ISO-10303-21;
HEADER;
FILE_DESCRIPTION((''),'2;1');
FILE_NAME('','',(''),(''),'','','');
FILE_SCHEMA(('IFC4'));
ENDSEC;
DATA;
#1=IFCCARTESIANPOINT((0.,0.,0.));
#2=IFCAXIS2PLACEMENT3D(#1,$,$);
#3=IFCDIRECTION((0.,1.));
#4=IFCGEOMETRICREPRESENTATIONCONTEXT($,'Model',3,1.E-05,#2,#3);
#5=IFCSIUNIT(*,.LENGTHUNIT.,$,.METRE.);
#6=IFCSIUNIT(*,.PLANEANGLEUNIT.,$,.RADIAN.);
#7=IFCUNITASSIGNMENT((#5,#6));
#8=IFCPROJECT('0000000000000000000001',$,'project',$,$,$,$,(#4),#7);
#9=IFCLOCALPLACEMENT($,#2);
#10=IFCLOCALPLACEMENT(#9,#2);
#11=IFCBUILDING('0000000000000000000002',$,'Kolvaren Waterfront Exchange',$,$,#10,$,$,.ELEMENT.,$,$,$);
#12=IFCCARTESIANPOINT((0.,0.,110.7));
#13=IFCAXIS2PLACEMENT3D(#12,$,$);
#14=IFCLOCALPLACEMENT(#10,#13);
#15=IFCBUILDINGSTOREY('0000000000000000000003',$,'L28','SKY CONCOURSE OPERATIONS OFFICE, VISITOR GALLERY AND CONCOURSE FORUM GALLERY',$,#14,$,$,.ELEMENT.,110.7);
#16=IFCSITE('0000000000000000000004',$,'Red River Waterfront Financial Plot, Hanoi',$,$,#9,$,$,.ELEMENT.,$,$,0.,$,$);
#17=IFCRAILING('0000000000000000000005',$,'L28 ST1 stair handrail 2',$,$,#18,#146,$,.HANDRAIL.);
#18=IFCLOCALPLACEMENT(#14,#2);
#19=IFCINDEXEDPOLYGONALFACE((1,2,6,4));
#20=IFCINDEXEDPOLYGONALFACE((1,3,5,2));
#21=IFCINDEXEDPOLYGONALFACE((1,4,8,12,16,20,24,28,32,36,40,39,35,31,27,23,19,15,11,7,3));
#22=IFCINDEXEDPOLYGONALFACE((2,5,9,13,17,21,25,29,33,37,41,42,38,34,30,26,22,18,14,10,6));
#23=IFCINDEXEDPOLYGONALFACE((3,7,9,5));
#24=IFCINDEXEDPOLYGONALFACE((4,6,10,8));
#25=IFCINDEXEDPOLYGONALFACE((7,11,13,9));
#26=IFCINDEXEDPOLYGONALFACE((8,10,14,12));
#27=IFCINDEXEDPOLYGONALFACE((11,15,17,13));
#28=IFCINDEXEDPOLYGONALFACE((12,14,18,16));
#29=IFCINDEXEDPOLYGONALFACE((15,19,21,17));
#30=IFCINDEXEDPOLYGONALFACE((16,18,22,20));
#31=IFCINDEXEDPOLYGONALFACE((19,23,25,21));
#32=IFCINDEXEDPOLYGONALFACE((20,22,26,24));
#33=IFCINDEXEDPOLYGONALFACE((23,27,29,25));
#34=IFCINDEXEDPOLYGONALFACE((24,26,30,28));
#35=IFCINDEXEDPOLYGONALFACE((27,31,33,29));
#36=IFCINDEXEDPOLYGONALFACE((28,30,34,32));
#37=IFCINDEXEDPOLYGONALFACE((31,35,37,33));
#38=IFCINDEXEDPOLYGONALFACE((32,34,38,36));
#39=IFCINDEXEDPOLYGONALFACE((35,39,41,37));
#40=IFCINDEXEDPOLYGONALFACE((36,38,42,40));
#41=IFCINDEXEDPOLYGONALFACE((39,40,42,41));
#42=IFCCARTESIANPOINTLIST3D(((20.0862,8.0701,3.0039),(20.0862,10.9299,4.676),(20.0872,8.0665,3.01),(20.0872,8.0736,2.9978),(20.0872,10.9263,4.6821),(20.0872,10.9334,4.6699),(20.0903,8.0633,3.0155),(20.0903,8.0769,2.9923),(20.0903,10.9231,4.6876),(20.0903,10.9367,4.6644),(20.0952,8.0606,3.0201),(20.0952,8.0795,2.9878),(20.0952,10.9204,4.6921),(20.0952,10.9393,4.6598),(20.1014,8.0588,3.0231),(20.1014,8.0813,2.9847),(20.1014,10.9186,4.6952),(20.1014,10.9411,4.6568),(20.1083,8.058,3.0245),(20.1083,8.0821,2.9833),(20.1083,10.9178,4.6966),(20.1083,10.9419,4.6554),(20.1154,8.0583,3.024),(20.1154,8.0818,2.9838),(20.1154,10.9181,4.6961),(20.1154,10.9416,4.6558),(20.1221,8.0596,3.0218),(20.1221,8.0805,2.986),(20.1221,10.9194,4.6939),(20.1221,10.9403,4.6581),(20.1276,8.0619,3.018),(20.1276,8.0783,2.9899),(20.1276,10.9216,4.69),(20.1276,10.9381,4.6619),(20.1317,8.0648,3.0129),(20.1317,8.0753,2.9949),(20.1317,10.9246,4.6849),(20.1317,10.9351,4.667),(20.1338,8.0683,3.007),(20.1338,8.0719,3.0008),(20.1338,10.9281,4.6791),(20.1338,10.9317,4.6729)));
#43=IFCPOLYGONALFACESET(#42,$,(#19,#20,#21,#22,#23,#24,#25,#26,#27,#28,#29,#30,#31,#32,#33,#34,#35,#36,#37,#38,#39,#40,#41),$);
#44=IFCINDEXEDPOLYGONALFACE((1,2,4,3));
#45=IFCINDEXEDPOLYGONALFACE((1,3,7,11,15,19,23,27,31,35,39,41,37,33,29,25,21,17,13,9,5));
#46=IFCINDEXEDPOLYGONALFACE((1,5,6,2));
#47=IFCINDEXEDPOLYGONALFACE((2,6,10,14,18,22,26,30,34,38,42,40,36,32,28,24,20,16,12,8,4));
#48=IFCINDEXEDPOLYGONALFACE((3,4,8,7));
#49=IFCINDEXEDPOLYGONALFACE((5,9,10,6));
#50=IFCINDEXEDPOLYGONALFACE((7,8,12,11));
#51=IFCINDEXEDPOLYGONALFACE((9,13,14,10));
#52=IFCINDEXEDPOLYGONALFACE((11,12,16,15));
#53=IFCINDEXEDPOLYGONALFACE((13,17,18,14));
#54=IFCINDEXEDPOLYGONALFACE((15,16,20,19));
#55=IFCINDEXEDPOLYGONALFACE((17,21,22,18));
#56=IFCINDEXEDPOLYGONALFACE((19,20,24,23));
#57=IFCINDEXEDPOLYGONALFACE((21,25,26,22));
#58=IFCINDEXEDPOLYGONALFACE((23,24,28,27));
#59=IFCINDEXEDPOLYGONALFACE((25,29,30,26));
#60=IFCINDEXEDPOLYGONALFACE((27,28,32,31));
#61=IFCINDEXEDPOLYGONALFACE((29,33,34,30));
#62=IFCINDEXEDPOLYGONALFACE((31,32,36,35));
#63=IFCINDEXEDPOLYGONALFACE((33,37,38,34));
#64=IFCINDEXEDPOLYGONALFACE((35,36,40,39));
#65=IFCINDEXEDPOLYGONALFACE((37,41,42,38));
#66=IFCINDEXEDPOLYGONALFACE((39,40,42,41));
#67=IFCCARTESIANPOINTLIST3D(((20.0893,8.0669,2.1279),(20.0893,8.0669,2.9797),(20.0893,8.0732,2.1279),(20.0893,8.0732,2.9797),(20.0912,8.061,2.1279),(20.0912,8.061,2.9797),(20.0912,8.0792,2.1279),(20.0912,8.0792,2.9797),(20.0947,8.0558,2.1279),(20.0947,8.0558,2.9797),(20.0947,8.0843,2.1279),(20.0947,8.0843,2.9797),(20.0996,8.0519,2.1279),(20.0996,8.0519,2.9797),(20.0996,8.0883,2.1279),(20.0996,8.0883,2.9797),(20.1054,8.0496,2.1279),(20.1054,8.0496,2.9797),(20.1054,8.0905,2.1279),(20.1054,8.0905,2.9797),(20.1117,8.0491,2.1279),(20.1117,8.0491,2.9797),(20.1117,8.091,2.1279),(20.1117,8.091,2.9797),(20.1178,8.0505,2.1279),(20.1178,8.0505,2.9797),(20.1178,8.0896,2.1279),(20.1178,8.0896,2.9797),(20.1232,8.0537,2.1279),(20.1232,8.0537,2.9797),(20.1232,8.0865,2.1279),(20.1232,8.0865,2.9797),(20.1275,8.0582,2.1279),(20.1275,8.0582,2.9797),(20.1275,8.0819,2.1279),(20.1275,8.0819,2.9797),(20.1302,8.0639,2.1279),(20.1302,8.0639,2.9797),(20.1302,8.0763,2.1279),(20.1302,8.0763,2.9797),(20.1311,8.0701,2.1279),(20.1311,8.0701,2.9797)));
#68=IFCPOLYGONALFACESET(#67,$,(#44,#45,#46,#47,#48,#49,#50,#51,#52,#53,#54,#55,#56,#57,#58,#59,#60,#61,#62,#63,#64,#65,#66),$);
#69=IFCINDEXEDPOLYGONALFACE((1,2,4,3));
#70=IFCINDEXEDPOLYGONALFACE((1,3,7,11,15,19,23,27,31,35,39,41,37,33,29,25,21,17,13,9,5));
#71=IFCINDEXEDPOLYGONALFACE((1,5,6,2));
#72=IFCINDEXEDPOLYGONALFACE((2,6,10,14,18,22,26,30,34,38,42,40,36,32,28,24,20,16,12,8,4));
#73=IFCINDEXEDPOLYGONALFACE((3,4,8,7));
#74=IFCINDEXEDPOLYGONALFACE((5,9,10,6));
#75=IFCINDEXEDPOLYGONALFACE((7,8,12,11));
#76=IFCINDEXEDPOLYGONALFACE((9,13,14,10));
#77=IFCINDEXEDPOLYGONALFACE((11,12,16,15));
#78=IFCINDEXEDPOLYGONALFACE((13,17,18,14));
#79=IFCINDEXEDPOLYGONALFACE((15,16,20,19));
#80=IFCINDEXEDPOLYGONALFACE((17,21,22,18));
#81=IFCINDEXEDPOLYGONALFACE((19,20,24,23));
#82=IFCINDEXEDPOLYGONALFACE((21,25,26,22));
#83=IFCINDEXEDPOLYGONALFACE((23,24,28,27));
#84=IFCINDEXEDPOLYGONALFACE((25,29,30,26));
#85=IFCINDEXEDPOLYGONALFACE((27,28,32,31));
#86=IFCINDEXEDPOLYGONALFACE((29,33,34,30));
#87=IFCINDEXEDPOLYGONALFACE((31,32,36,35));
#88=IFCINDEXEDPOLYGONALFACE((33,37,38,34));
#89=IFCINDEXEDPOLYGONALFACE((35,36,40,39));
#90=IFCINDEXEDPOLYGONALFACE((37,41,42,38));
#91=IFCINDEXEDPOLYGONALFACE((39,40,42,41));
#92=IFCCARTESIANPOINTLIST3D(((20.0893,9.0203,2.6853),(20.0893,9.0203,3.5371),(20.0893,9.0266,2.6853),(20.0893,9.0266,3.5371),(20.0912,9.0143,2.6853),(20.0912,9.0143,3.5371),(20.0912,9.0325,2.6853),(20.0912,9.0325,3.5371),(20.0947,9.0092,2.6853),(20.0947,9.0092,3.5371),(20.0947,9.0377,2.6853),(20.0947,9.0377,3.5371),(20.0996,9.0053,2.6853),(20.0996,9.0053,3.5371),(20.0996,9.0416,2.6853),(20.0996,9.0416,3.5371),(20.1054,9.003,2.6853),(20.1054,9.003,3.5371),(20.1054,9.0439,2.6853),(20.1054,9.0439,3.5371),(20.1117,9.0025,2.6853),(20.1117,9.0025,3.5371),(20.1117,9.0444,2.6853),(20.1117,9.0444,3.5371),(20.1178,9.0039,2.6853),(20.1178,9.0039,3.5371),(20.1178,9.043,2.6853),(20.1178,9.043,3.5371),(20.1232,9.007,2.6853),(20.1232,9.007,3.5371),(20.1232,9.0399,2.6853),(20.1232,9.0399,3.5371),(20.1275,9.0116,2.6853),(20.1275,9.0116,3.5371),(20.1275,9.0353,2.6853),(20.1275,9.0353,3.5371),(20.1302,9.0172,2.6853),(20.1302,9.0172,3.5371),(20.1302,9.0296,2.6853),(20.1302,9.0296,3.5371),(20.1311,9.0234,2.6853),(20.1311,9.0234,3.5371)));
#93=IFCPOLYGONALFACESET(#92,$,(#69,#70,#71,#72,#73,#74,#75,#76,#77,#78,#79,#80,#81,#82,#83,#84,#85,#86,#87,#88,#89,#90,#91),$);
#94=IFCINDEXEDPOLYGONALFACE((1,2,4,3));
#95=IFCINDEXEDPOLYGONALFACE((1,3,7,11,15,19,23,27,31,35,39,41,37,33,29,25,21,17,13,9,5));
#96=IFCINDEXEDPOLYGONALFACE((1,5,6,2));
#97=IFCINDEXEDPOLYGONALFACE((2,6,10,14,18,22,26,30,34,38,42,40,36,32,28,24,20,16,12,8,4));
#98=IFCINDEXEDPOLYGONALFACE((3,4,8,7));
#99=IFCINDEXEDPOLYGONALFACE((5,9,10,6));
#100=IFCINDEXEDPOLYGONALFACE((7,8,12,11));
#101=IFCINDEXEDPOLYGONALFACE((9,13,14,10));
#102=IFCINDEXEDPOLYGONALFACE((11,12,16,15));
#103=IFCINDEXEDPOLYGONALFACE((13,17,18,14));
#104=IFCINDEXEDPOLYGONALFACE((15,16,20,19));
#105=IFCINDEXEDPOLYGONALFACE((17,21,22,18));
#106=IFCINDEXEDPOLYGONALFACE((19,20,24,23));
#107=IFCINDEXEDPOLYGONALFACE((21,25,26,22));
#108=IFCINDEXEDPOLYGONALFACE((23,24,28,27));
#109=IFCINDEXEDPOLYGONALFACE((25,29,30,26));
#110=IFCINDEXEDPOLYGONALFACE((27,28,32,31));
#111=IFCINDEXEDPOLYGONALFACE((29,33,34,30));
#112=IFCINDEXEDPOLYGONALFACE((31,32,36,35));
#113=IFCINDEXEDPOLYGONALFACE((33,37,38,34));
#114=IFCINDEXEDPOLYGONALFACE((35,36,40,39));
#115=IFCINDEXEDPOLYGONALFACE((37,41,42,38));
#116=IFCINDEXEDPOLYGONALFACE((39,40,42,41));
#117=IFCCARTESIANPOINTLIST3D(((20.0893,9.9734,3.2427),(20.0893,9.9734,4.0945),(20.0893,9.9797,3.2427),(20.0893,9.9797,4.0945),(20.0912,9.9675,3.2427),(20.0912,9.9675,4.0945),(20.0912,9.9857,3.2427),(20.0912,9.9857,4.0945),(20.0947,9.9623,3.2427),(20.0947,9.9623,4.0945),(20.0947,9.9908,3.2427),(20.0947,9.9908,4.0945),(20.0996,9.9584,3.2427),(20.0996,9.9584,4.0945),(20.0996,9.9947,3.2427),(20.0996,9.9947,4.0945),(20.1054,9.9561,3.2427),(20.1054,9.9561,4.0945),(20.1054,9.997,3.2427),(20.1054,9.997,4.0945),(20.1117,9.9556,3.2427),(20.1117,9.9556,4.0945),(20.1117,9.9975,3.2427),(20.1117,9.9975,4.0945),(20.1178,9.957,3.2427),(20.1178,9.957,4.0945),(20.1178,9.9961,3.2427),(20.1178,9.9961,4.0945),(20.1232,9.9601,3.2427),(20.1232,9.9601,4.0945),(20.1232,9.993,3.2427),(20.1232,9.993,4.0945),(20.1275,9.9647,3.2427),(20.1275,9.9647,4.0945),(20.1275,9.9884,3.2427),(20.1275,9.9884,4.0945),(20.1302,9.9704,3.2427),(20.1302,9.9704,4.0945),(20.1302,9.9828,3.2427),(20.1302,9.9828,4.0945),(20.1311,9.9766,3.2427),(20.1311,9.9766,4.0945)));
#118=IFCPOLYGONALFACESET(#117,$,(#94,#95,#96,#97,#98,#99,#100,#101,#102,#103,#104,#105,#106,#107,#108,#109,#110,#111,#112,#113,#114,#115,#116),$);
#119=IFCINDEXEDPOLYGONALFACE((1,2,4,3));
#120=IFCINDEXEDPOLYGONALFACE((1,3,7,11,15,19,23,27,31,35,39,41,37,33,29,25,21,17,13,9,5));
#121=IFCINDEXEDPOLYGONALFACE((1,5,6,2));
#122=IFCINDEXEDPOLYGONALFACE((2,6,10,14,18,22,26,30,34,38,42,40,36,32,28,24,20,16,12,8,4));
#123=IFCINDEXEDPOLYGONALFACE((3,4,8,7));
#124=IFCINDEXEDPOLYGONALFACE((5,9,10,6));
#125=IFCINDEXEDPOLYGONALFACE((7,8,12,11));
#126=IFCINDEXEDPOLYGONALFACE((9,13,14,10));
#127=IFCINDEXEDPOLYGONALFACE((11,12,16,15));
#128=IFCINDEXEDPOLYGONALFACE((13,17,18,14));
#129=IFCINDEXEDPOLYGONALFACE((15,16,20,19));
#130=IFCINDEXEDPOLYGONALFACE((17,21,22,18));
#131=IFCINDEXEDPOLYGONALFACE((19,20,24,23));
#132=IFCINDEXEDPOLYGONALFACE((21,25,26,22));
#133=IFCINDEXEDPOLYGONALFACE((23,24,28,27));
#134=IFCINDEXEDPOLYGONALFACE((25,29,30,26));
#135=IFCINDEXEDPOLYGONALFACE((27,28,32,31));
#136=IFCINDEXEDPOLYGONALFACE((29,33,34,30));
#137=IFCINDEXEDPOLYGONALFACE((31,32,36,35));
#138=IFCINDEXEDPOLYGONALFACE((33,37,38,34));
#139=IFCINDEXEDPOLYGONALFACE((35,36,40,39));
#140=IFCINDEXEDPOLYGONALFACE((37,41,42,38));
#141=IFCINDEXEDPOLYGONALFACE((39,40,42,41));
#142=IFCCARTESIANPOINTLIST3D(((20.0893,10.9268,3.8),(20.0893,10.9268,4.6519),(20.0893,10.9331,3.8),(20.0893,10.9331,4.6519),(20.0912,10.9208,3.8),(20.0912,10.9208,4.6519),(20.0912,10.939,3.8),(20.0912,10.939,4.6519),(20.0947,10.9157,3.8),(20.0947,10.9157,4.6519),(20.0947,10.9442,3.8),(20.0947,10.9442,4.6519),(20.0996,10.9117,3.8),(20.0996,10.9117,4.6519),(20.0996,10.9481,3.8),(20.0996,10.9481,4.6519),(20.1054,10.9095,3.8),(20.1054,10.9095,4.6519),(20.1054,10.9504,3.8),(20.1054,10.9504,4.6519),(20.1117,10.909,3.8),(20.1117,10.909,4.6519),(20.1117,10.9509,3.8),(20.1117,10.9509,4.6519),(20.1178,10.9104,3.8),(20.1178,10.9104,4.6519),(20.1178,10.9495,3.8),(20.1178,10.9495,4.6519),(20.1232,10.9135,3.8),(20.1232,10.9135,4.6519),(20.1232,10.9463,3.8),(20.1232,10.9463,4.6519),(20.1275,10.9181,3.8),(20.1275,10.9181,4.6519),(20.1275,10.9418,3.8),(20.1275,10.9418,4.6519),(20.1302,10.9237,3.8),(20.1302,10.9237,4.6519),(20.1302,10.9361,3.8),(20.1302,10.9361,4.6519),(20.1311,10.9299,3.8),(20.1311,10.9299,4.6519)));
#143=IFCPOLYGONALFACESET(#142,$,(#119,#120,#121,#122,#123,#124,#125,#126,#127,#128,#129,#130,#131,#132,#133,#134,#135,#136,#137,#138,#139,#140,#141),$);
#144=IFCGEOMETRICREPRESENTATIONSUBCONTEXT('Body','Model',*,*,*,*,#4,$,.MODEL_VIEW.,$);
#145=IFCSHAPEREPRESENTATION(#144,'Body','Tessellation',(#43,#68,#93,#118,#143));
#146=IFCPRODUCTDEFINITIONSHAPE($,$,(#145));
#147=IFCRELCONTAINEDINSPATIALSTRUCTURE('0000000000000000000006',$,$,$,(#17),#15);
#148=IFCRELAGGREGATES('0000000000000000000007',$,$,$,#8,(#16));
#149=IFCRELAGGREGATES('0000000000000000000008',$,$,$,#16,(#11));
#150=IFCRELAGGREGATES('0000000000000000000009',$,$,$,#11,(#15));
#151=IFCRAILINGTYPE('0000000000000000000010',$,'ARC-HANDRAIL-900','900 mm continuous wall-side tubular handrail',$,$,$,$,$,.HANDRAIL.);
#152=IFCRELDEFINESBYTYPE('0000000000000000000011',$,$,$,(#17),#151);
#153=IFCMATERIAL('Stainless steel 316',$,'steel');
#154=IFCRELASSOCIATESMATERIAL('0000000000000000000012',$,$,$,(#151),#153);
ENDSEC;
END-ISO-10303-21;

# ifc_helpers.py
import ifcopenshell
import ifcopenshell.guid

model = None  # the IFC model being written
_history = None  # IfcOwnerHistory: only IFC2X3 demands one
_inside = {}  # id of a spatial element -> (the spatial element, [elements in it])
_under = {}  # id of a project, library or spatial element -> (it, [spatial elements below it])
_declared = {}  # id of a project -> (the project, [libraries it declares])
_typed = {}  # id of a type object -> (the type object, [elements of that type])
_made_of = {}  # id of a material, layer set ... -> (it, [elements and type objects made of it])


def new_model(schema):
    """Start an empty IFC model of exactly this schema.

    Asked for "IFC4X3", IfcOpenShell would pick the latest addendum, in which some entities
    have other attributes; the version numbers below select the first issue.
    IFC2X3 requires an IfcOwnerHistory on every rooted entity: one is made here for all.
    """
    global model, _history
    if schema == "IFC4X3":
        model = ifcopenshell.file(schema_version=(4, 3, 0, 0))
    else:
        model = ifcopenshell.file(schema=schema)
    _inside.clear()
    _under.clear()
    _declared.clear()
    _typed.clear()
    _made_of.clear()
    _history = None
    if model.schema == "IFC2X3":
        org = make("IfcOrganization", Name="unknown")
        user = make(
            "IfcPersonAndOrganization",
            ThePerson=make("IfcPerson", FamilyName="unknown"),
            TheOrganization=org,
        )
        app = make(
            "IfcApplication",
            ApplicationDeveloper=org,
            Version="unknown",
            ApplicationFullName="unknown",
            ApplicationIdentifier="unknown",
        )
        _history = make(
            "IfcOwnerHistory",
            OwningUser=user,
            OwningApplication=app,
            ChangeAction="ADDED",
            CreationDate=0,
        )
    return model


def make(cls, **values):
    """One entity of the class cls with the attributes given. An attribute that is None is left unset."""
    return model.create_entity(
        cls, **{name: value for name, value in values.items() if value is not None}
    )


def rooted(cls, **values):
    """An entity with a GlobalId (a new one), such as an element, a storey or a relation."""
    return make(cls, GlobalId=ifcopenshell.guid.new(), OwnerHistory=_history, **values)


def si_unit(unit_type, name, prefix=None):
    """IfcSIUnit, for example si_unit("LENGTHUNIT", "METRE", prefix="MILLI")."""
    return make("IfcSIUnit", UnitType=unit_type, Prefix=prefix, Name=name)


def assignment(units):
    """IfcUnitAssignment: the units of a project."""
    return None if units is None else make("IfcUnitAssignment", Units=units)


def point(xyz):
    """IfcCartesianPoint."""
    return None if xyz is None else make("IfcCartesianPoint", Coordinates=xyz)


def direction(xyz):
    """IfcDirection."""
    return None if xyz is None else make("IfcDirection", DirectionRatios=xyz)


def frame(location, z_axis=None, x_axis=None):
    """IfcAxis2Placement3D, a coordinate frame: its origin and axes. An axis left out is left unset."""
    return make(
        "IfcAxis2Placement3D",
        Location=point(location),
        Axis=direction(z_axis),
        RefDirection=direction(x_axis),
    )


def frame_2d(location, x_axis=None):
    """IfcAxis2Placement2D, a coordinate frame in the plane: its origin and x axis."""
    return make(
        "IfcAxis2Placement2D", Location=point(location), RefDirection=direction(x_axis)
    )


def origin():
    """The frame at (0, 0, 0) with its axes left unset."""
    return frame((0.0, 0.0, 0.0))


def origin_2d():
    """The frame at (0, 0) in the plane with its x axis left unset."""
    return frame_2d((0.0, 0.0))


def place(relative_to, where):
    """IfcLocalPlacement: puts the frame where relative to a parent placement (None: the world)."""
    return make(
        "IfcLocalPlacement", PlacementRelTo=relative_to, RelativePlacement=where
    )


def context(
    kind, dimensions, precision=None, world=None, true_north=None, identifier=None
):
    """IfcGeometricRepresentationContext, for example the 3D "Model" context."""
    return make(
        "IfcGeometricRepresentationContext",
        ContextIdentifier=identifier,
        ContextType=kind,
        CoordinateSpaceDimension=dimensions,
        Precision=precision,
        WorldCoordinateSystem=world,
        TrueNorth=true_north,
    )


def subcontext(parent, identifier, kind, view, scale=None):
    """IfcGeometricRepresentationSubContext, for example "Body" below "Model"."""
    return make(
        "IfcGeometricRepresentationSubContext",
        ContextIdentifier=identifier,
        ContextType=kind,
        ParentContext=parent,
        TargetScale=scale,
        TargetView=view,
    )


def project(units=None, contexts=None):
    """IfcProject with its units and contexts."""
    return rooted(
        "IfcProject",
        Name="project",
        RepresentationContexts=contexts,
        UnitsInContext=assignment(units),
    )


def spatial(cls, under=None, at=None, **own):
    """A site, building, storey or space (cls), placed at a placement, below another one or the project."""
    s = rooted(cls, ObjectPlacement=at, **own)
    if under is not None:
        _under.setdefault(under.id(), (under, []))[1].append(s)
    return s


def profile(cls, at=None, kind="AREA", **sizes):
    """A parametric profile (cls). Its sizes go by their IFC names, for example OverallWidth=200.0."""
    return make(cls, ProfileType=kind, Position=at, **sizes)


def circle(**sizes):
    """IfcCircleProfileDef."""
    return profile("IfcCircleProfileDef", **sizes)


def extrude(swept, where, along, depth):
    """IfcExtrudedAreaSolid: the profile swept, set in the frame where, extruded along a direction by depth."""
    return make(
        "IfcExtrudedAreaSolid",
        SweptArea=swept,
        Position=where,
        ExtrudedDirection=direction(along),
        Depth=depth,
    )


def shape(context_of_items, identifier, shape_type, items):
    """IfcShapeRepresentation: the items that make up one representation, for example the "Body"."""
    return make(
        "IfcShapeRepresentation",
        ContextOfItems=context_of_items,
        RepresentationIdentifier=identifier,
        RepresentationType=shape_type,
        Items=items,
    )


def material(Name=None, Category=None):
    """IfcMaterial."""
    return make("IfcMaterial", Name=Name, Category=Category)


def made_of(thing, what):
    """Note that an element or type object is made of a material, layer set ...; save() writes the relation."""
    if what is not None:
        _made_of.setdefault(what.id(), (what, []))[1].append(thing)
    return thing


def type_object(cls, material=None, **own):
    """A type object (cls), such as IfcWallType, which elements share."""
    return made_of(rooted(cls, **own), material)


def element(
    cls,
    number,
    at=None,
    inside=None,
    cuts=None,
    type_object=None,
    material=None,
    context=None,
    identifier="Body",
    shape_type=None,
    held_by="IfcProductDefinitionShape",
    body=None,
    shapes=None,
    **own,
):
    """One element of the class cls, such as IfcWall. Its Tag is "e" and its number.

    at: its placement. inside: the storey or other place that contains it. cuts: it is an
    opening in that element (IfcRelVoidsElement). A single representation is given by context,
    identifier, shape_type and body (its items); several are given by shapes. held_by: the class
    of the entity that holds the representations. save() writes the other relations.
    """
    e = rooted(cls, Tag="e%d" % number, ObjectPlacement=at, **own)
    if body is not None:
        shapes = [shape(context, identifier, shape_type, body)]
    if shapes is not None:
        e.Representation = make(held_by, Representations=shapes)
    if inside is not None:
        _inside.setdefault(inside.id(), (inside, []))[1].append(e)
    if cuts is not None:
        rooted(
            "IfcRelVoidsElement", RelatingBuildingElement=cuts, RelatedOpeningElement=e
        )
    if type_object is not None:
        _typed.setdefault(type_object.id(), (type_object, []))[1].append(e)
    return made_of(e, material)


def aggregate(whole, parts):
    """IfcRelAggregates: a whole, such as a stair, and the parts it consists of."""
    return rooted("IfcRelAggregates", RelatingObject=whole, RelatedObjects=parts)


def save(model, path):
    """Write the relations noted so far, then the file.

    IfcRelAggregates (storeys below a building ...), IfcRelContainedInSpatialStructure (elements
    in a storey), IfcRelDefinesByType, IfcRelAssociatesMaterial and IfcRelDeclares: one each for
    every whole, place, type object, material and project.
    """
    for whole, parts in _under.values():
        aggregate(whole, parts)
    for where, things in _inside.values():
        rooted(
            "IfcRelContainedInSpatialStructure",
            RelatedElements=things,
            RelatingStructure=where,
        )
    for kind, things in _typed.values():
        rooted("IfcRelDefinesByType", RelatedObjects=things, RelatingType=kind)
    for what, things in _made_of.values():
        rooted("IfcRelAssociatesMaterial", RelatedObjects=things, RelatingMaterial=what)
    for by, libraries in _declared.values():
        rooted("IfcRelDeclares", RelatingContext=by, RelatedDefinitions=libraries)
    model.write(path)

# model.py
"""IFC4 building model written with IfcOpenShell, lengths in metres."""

from ifc_helpers import new_model, si_unit, direction, frame, origin, origin_2d, place, context, subcontext, project, spatial, circle, extrude, material, type_object, element, save


model = new_model("IFC4")

# Units and contexts
model_context = context("Model", 3, precision=1e-05, world=origin(), true_north=direction((0.0, 1.0)))
body_context = subcontext(model_context, "Body", "Model", "MODEL_VIEW")
ifc_project = project(units=[si_unit("LENGTHUNIT", "METRE"), si_unit("PLANEANGLEUNIT", "RADIAN")], contexts=[model_context])

# Site, building, storey
site_placement = place(None, origin())
site = spatial("IfcSite", under=ifc_project, at=site_placement, Name="Red River Waterfront Financial Plot, Hanoi", CompositionType="ELEMENT", RefElevation=0.0)
building_placement = place(site_placement, origin())
building = spatial("IfcBuilding", under=site, at=building_placement, Name="Kolvaren Waterfront Exchange", CompositionType="ELEMENT")
storey_placement = place(building_placement, frame((0.0, 0.0, 110.7)))
storey = spatial("IfcBuildingStorey", under=building, at=storey_placement, Name="L28", Description="SKY CONCOURSE OPERATIONS OFFICE, VISITOR GALLERY AND CONCOURSE FORUM GALLERY", CompositionType="ELEMENT", Elevation=110.7)

# Railing
ifc_material_1 = material(Name="Stainless steel 316", Category="steel")
railing_type_1 = type_object("IfcRailingType", Name="ARC-HANDRAIL-900", Description="900 mm continuous wall-side tubular handrail", PredefinedType="HANDRAIL", material=ifc_material_1)
railing_1_placement = place(storey_placement, frame((20.1101, 8.0701, 2.1279)))
element("IfcRailing", 1, at=railing_1_placement, inside=storey, type_object=railing_type_1, Name="L28 ST1 stair handrail 2", PredefinedType="HANDRAIL", context=body_context, shape_type="SweptSolid", body=[
    extrude(circle(Radius=0.0239, at=origin_2d()), frame((0.0, 0.0, 0.876), z_axis=(0.0, 0.863271, 0.504741), x_axis=(-1.0, 0.0, 0.0)), (0.0, 0.0, 1.0), 3.3127),
    extrude(circle(Radius=0.021, at=origin_2d()), origin(), (0.0, 0.0, 1.0), 0.8518),
    extrude(circle(Radius=0.021, at=origin_2d()), frame((0.0, 0.9534, 0.5574)), (0.0, 0.0, 1.0), 0.8518),
    extrude(circle(Radius=0.021, at=origin_2d()), frame((0.0, 1.9065, 1.1147)), (0.0, 0.0, 1.0), 0.8518),
    extrude(circle(Radius=0.021, at=origin_2d()), frame((0.0, 2.8599, 1.6721)), (0.0, 0.0, 1.0), 0.8518),
])

save(model, "model.ifc")
